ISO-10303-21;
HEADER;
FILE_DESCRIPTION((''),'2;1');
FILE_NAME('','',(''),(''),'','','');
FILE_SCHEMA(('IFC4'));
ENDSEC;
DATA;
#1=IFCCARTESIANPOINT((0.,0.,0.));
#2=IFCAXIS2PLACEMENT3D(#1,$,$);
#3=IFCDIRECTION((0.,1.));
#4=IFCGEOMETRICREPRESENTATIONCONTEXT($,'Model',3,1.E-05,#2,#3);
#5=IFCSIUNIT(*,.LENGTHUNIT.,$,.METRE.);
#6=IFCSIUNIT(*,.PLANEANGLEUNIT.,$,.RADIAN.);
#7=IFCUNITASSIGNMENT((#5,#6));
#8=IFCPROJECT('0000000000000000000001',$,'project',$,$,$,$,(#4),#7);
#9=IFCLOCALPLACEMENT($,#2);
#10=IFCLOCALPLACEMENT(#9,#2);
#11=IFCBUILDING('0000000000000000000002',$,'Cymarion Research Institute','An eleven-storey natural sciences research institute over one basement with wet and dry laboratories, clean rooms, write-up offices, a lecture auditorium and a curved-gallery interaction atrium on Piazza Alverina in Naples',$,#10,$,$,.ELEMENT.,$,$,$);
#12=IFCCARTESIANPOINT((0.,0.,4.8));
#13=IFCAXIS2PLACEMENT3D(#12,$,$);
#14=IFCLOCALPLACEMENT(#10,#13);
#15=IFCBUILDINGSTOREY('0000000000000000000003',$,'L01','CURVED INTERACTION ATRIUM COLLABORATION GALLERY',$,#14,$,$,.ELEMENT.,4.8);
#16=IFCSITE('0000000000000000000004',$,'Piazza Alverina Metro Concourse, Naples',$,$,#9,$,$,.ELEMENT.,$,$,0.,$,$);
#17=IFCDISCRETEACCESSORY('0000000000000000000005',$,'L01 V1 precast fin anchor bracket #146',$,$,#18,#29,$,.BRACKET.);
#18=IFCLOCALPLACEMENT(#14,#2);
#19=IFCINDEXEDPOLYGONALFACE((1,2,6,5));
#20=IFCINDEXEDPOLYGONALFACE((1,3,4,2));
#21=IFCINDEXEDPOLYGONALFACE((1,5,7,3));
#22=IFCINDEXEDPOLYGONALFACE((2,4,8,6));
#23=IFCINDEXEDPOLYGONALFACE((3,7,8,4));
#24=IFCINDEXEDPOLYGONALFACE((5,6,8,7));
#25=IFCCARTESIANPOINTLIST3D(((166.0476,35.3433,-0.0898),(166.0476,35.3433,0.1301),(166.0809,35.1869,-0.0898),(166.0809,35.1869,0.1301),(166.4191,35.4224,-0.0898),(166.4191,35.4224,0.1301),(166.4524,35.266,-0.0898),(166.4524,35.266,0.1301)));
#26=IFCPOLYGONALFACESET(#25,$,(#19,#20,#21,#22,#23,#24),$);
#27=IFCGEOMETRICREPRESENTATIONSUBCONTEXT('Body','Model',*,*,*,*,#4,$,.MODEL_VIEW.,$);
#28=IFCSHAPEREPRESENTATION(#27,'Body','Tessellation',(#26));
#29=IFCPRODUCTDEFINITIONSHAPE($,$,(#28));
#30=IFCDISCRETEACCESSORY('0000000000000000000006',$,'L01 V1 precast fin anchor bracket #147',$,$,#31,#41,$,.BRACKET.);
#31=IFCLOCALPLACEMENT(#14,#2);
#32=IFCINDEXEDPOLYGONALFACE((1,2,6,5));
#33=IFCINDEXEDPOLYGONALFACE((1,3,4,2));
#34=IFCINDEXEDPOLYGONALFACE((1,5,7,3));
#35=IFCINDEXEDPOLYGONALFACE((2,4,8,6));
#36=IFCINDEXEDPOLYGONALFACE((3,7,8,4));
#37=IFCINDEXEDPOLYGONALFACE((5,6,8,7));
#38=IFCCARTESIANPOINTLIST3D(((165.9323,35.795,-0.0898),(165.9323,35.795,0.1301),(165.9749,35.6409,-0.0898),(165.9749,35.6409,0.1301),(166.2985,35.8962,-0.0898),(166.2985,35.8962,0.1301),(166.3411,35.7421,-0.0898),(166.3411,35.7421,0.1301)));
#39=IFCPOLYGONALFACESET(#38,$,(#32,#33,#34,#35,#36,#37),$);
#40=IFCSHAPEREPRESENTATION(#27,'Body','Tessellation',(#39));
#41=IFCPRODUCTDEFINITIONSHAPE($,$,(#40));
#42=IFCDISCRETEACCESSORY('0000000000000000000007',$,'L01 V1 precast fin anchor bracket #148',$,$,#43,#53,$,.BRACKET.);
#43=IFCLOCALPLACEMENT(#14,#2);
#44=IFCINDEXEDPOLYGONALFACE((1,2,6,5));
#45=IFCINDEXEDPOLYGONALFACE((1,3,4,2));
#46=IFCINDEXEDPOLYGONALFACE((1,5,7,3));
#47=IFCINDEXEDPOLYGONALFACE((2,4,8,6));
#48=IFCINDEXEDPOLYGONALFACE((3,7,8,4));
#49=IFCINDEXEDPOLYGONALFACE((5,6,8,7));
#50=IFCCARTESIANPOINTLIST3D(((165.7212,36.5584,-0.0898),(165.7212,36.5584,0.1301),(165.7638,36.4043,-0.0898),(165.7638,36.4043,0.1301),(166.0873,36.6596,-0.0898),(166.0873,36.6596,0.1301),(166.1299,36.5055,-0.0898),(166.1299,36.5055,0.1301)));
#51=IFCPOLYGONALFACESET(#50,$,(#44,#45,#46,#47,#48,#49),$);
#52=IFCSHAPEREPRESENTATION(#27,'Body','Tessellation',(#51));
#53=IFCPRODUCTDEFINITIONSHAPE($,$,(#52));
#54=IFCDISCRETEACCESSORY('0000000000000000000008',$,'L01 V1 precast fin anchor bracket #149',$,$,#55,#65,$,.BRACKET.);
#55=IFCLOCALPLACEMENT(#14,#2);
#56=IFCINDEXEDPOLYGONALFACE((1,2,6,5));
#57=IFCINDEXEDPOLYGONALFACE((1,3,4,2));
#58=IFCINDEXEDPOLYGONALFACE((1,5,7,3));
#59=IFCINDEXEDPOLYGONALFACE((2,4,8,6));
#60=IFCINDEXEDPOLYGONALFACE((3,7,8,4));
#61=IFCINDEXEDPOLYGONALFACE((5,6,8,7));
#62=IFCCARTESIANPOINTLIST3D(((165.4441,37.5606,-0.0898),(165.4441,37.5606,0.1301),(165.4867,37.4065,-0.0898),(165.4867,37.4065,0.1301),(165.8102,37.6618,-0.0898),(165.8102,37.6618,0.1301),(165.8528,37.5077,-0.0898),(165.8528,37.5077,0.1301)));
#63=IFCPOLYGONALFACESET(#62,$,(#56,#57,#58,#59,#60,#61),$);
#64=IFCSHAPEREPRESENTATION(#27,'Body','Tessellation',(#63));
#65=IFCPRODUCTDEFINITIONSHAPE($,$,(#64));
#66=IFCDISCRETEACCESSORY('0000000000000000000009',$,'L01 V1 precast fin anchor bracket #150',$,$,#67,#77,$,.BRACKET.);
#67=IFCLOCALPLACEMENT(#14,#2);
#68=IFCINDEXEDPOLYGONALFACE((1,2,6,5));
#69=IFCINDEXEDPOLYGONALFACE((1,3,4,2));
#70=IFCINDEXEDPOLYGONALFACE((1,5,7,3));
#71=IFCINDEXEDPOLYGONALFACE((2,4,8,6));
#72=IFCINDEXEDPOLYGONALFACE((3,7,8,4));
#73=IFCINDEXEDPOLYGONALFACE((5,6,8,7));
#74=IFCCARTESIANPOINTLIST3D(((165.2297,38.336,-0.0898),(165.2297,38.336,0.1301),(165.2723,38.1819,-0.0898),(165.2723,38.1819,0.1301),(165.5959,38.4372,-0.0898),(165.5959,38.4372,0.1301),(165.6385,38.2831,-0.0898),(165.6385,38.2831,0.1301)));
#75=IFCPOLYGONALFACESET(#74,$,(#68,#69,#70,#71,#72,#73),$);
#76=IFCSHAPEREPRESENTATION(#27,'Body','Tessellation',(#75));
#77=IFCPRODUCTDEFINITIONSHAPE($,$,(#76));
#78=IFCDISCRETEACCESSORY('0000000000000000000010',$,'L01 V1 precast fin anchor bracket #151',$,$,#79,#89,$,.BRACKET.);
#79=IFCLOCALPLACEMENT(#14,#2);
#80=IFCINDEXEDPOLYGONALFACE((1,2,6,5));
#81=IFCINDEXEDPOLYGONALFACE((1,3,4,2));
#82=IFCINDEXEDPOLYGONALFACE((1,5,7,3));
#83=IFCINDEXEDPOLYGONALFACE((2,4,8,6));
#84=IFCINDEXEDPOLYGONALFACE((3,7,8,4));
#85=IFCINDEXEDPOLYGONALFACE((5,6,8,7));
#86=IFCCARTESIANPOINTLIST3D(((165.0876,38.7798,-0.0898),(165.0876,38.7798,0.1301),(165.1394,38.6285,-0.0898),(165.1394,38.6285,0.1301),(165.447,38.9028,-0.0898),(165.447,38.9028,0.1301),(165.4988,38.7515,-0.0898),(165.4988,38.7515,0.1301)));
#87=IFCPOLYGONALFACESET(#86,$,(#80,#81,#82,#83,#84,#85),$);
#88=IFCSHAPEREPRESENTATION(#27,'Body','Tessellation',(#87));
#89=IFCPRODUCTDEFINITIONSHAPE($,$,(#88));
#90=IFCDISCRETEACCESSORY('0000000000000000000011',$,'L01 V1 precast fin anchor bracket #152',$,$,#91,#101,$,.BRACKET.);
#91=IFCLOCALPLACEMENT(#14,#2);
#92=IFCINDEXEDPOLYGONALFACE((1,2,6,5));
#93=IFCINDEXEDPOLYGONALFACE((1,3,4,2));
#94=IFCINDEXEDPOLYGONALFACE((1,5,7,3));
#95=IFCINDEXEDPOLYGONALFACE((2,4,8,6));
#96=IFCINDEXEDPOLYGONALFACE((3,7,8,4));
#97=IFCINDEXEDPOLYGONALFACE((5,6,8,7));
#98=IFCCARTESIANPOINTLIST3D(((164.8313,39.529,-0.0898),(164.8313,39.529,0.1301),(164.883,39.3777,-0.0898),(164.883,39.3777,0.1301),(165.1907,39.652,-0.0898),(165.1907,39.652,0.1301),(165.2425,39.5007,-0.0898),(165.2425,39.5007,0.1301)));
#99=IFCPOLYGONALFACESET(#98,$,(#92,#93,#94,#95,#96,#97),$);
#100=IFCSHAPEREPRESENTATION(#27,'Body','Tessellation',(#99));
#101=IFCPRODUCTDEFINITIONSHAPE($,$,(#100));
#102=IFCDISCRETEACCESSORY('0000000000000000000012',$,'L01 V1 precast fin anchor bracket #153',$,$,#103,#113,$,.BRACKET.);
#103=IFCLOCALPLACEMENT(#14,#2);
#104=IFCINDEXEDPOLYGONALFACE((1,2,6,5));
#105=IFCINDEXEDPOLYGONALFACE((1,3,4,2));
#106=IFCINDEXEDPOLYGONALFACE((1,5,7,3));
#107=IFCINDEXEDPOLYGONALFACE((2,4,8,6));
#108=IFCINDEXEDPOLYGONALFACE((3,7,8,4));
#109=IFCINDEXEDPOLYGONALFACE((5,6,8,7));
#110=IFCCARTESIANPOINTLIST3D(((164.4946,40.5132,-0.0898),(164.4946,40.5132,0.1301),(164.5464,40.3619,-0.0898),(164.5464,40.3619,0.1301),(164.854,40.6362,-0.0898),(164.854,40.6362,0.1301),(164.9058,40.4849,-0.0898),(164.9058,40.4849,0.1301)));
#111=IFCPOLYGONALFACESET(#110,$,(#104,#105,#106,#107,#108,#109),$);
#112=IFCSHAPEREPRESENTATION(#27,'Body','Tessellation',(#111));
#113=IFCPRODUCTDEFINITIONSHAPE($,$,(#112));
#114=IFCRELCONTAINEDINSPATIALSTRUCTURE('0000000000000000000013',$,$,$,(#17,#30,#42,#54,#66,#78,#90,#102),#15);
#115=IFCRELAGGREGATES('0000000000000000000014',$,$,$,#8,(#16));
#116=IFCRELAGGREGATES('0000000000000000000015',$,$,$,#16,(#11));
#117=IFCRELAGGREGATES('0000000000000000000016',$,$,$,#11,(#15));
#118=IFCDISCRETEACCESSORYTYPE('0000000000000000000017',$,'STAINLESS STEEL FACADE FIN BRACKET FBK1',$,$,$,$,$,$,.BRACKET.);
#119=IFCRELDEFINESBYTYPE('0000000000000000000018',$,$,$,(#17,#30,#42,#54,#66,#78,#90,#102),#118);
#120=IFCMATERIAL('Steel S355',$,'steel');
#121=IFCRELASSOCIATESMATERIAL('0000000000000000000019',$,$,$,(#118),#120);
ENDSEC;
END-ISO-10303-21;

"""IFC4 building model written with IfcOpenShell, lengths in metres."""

from ifc_helpers import new_model, si_unit, direction, frame, origin, origin_2d, place, context, subcontext, project, spatial, rectangle, extrude, material, type_object, element, save


model = new_model("IFC4")

# Units and contexts
model_context = context("Model", 3, precision=1e-05, world=origin(), true_north=direction((0.0, 1.0)))
body_context = subcontext(model_context, "Body", "Model", "MODEL_VIEW")
ifc_project = project(units=[si_unit("LENGTHUNIT", "METRE"), si_unit("PLANEANGLEUNIT", "RADIAN")], contexts=[model_context])

# Site, building, storey
site_placement = place(None, origin())
site = spatial("IfcSite", under=ifc_project, at=site_placement, Name="Piazza Alverina Metro Concourse, Naples", CompositionType="ELEMENT", RefElevation=0.0)
building_placement = place(site_placement, origin())
building = spatial("IfcBuilding", under=site, at=building_placement, Name="Cymarion Research Institute", Description="An eleven-storey natural sciences research institute over one basement with wet and dry laboratories, clean rooms, write-up offices, a lecture auditorium and a curved-gallery interaction atrium on Piazza Alverina in Naples", CompositionType="ELEMENT")
storey_placement = place(building_placement, frame((0.0, 0.0, 4.8)))
storey = spatial("IfcBuildingStorey", under=building, at=storey_placement, Name="L01", Description="CURVED INTERACTION ATRIUM COLLABORATION GALLERY", CompositionType="ELEMENT", Elevation=4.8)

# Shared definitions
ifc_material_1 = material(Name="Steel S355", Category="steel")

# Discrete accessories
discrete_accessory_type = type_object("IfcDiscreteAccessoryType", Name="STAINLESS STEEL FACADE FIN BRACKET FBK1", PredefinedType="BRACKET", material=ifc_material_1)
for number, where, z_axis, x_axis, name in (
    (1, (166.25, 35.3047, -0.0898), (0.0, 0.0, 1.0), (0.978075, 0.208253, 0.0), "L01 V1 precast fin anchor bracket #146"),
    (2, (166.1367, 35.7686, -0.0898), (0.0, 0.0, 1.0), (0.963863, 0.266397, 0.0), "L01 V1 precast fin anchor bracket #147"),
    (3, (165.9255, 36.532, -0.0898), (0.0, 0.0, 1.0), (0.963863, 0.266397, 0.0), "L01 V1 precast fin anchor bracket #148"),
    (4, (165.6484, 37.5342, -0.0898), (0.0, 0.0, 1.0), (0.963863, 0.266397, 0.0), "L01 V1 precast fin anchor bracket #149"),
    (5, (165.4341, 38.3096, -0.0898), (0.0, 0.0, 1.0), (0.963863, 0.266397, 0.0), "L01 V1 precast fin anchor bracket #150"),
    (6, (165.2932, 38.7656, -0.0898), (0.0, 0.0, 1.0), (0.946142, 0.323752, 0.0), "L01 V1 precast fin anchor bracket #151"),
    (7, (165.0369, 39.5149, -0.0898), (0.0, 0.0, 1.0), (0.946142, 0.323752, 0.0), "L01 V1 precast fin anchor bracket #152"),
    (8, (164.7002, 40.499, -0.0898), (0.0, 0.0, 1.0), (0.946142, 0.323752, 0.0), "L01 V1 precast fin anchor bracket #153"),
):
    element("IfcDiscreteAccessory", number, at=place(storey_placement, frame(where, z_axis=z_axis, x_axis=x_axis)), inside=storey, type_object=discrete_accessory_type, Name=name, PredefinedType="BRACKET", context=body_context, shape_type="SweptSolid", body=[
        extrude(rectangle(XDim=0.3799, YDim=0.1599, at=origin_2d()), origin(), (0.0, 0.0, 1.0), 0.22),
    ])

save(model, "model.ifc")
